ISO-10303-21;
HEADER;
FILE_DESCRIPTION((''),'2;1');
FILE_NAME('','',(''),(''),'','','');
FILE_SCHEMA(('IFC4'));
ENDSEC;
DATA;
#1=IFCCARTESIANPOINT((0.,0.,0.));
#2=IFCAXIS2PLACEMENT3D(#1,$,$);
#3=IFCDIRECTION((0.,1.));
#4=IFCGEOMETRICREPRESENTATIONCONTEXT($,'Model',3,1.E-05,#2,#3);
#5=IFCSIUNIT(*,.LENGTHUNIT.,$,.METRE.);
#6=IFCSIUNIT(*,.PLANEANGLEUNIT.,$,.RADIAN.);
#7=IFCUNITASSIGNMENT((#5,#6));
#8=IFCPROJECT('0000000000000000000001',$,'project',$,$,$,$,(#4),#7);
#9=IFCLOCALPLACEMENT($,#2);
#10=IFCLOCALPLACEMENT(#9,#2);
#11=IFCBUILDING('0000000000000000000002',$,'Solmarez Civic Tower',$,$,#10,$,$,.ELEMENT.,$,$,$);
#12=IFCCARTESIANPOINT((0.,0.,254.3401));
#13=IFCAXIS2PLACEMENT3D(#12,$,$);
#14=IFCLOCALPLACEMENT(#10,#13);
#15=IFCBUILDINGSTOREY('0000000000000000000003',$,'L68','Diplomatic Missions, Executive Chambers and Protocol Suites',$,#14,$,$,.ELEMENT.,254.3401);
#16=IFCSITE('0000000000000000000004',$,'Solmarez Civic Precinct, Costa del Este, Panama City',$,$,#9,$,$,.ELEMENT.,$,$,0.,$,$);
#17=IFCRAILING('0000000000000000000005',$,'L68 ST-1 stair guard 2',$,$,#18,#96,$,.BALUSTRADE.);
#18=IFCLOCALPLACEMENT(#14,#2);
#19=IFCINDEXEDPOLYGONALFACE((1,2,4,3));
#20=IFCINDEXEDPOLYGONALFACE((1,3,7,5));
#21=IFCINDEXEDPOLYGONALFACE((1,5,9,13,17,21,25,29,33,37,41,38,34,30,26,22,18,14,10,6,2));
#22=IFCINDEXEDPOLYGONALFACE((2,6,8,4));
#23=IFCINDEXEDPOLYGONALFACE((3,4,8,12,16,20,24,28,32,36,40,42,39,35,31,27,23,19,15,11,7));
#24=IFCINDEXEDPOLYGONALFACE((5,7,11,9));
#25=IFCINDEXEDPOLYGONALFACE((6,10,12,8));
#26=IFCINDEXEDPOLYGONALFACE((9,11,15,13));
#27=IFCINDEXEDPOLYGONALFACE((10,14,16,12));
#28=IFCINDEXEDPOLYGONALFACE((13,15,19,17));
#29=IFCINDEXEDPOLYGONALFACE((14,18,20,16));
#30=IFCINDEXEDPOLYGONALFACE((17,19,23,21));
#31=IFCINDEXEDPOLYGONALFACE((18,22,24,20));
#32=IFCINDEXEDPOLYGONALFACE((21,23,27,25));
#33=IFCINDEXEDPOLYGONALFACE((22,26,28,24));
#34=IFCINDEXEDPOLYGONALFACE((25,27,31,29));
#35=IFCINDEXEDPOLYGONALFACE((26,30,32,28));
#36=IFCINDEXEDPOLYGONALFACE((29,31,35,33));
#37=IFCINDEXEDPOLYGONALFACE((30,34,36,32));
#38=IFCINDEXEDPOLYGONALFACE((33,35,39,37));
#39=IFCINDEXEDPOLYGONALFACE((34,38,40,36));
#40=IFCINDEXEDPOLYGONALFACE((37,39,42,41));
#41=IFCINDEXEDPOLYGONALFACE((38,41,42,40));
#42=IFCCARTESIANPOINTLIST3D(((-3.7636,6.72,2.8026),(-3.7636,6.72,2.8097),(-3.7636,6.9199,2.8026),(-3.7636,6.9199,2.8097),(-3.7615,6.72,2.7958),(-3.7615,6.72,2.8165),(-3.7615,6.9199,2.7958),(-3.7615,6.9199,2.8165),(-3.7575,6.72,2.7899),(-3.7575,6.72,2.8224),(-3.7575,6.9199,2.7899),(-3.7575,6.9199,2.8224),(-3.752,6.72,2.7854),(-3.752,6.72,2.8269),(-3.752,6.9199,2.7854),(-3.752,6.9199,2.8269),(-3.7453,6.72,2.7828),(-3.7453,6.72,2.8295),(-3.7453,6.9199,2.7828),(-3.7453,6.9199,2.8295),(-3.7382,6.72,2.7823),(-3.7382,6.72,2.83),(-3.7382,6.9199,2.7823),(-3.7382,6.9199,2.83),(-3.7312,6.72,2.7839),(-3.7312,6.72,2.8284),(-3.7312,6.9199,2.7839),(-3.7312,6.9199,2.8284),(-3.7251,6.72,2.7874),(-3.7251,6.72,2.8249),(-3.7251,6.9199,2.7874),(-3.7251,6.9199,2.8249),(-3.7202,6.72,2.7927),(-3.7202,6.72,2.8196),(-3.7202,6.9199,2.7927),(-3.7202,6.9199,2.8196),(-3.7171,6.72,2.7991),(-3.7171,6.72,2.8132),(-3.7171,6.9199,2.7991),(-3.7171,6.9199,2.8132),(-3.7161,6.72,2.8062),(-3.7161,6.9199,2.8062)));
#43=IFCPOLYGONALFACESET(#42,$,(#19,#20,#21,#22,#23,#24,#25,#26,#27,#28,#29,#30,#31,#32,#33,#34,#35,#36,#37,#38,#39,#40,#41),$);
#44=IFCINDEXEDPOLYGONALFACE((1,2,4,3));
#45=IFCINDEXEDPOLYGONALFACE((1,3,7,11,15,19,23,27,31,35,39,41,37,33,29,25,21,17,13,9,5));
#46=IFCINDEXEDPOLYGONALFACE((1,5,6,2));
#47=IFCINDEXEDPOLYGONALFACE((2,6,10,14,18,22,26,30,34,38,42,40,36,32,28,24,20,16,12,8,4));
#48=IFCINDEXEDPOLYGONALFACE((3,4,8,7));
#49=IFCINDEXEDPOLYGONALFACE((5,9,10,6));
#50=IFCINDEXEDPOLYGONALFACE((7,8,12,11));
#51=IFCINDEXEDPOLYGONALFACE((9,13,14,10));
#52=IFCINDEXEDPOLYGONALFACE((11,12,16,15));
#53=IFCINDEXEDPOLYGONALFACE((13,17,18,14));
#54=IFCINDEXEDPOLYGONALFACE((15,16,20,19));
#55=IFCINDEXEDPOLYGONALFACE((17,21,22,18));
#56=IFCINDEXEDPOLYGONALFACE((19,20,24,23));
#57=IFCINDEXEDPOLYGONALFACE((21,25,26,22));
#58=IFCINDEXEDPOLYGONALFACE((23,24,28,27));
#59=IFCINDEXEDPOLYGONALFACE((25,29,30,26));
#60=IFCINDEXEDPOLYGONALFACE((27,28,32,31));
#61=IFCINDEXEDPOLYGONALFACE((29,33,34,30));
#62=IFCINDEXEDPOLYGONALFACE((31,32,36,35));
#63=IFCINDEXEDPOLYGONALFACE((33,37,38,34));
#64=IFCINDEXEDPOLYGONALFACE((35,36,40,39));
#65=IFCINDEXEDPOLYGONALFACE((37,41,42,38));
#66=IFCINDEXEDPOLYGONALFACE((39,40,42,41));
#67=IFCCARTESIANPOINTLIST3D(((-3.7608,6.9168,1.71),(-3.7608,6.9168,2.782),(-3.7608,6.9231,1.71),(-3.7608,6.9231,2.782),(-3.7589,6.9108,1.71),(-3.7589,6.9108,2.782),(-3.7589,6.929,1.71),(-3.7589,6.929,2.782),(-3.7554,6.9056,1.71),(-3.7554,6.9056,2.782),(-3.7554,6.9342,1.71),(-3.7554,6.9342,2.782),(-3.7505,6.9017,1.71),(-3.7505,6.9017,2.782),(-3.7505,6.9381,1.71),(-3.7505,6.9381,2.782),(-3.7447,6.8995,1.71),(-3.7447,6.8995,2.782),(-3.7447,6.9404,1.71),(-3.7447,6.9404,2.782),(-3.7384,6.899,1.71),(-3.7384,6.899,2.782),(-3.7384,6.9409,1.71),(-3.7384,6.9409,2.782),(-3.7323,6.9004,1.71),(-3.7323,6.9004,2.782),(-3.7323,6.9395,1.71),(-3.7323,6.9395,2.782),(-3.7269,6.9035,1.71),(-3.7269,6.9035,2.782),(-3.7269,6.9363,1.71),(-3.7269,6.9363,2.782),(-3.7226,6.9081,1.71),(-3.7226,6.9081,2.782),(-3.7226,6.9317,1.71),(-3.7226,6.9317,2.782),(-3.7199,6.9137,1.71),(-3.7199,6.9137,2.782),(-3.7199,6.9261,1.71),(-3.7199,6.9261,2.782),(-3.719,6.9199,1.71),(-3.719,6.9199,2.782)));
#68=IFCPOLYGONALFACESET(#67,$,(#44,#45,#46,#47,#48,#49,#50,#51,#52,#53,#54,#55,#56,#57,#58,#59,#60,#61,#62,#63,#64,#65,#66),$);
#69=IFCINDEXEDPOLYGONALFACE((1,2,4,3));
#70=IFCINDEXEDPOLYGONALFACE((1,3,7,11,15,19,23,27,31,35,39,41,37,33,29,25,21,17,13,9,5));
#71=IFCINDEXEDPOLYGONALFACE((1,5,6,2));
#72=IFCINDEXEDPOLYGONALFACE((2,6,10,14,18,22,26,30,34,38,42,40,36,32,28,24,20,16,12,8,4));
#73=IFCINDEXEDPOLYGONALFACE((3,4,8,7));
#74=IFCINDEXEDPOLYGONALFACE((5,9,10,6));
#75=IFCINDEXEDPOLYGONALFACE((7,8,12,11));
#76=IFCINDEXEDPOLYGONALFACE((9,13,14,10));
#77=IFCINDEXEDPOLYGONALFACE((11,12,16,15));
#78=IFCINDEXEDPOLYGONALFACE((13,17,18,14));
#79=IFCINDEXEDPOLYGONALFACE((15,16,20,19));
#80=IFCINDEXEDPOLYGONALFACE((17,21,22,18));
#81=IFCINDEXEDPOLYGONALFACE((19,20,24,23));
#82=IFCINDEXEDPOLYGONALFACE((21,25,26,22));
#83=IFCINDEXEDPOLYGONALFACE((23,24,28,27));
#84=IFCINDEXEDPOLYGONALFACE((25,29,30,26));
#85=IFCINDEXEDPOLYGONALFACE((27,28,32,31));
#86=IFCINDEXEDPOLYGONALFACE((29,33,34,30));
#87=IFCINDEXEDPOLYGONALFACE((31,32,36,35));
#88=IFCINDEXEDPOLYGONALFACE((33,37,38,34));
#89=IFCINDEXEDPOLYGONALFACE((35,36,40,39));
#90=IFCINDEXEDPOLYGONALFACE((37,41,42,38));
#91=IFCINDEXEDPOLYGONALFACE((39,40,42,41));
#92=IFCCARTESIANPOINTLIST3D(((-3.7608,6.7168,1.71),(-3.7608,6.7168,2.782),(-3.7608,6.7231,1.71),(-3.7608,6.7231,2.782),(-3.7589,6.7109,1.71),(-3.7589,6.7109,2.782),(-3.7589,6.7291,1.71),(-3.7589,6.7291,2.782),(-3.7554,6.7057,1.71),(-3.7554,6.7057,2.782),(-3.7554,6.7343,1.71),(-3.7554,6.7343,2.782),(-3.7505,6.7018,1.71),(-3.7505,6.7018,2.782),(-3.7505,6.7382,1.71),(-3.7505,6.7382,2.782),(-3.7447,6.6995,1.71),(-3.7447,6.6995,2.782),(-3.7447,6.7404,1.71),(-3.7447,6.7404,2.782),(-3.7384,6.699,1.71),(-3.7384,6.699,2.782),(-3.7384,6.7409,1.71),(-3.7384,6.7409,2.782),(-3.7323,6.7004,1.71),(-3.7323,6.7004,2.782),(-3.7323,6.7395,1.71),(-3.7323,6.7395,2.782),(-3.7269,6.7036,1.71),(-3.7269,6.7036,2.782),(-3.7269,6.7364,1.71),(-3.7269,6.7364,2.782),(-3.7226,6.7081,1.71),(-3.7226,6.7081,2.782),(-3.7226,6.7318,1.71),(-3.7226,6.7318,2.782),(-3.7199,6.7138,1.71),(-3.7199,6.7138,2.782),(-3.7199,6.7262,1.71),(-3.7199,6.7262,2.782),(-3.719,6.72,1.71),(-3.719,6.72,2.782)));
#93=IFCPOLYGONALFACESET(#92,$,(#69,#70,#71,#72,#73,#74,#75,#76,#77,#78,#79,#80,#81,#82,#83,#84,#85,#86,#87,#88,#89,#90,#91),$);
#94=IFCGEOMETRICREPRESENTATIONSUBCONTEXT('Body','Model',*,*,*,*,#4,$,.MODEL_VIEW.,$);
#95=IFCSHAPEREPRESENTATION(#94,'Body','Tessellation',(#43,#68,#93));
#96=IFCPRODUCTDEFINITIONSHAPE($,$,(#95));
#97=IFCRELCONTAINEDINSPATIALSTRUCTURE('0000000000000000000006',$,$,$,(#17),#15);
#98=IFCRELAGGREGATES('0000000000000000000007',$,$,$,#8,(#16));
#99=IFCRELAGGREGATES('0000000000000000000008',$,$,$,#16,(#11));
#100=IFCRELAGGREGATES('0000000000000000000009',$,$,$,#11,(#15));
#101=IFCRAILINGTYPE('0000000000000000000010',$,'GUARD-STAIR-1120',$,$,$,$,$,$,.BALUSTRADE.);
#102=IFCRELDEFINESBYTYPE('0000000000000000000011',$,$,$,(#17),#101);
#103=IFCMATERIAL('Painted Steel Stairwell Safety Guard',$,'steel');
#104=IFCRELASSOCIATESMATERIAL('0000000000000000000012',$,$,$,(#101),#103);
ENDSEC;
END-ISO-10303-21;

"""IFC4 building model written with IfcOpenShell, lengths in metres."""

from ifc_helpers import new_model, si_unit, direction, frame, origin, origin_2d, place, context, subcontext, project, spatial, circle, extrude, material, type_object, element, save


model = new_model("IFC4")

# Units and contexts
model_context = context("Model", 3, precision=1e-05, world=origin(), true_north=direction((0.0, 1.0)))
body_context = subcontext(model_context, "Body", "Model", "MODEL_VIEW")
ifc_project = project(units=[si_unit("LENGTHUNIT", "METRE"), si_unit("PLANEANGLEUNIT", "RADIAN")], contexts=[model_context])

# Site, building, storey
site_placement = place(None, origin())
site = spatial("IfcSite", under=ifc_project, at=site_placement, Name="Solmarez Civic Precinct, Costa del Este, Panama City", CompositionType="ELEMENT", RefElevation=0.0)
building_placement = place(site_placement, origin())
building = spatial("IfcBuilding", under=site, at=building_placement, Name="Solmarez Civic Tower", CompositionType="ELEMENT")
storey_placement = place(building_placement, frame((0.0, 0.0, 254.3401)))
storey = spatial("IfcBuildingStorey", under=building, at=storey_placement, Name="L68", Description="Diplomatic Missions, Executive Chambers and Protocol Suites", CompositionType="ELEMENT", Elevation=254.3401)

# Railing
ifc_material_1 = material(Name="Painted Steel Stairwell Safety Guard", Category="steel")
railing_type_1 = type_object("IfcRailingType", Name="GUARD-STAIR-1120", PredefinedType="BALUSTRADE", material=ifc_material_1)
railing_1_placement = place(storey_placement, frame((-3.74, 6.9199, 1.71)))
element("IfcRailing", 1, at=railing_1_placement, inside=storey, type_object=railing_type_1, Name="L68 ST-1 stair guard 2", PredefinedType="BALUSTRADE", context=body_context, shape_type="SweptSolid", body=[
    extrude(circle(Radius=0.0239, at=origin_2d()), frame((0.0, 0.0, 1.0962), z_axis=(0.0, -1.0, 0.0), x_axis=(1.0, 0.0, 0.0)), (0.0, 0.0, 1.0), 0.2),
    extrude(circle(Radius=0.021, at=origin_2d()), origin(), (0.0, 0.0, 1.0), 1.072),
    extrude(circle(Radius=0.021, at=origin_2d()), frame((0.0, -0.2, 0.0)), (0.0, 0.0, 1.0), 1.072),
])

save(model, "model.ifc")
